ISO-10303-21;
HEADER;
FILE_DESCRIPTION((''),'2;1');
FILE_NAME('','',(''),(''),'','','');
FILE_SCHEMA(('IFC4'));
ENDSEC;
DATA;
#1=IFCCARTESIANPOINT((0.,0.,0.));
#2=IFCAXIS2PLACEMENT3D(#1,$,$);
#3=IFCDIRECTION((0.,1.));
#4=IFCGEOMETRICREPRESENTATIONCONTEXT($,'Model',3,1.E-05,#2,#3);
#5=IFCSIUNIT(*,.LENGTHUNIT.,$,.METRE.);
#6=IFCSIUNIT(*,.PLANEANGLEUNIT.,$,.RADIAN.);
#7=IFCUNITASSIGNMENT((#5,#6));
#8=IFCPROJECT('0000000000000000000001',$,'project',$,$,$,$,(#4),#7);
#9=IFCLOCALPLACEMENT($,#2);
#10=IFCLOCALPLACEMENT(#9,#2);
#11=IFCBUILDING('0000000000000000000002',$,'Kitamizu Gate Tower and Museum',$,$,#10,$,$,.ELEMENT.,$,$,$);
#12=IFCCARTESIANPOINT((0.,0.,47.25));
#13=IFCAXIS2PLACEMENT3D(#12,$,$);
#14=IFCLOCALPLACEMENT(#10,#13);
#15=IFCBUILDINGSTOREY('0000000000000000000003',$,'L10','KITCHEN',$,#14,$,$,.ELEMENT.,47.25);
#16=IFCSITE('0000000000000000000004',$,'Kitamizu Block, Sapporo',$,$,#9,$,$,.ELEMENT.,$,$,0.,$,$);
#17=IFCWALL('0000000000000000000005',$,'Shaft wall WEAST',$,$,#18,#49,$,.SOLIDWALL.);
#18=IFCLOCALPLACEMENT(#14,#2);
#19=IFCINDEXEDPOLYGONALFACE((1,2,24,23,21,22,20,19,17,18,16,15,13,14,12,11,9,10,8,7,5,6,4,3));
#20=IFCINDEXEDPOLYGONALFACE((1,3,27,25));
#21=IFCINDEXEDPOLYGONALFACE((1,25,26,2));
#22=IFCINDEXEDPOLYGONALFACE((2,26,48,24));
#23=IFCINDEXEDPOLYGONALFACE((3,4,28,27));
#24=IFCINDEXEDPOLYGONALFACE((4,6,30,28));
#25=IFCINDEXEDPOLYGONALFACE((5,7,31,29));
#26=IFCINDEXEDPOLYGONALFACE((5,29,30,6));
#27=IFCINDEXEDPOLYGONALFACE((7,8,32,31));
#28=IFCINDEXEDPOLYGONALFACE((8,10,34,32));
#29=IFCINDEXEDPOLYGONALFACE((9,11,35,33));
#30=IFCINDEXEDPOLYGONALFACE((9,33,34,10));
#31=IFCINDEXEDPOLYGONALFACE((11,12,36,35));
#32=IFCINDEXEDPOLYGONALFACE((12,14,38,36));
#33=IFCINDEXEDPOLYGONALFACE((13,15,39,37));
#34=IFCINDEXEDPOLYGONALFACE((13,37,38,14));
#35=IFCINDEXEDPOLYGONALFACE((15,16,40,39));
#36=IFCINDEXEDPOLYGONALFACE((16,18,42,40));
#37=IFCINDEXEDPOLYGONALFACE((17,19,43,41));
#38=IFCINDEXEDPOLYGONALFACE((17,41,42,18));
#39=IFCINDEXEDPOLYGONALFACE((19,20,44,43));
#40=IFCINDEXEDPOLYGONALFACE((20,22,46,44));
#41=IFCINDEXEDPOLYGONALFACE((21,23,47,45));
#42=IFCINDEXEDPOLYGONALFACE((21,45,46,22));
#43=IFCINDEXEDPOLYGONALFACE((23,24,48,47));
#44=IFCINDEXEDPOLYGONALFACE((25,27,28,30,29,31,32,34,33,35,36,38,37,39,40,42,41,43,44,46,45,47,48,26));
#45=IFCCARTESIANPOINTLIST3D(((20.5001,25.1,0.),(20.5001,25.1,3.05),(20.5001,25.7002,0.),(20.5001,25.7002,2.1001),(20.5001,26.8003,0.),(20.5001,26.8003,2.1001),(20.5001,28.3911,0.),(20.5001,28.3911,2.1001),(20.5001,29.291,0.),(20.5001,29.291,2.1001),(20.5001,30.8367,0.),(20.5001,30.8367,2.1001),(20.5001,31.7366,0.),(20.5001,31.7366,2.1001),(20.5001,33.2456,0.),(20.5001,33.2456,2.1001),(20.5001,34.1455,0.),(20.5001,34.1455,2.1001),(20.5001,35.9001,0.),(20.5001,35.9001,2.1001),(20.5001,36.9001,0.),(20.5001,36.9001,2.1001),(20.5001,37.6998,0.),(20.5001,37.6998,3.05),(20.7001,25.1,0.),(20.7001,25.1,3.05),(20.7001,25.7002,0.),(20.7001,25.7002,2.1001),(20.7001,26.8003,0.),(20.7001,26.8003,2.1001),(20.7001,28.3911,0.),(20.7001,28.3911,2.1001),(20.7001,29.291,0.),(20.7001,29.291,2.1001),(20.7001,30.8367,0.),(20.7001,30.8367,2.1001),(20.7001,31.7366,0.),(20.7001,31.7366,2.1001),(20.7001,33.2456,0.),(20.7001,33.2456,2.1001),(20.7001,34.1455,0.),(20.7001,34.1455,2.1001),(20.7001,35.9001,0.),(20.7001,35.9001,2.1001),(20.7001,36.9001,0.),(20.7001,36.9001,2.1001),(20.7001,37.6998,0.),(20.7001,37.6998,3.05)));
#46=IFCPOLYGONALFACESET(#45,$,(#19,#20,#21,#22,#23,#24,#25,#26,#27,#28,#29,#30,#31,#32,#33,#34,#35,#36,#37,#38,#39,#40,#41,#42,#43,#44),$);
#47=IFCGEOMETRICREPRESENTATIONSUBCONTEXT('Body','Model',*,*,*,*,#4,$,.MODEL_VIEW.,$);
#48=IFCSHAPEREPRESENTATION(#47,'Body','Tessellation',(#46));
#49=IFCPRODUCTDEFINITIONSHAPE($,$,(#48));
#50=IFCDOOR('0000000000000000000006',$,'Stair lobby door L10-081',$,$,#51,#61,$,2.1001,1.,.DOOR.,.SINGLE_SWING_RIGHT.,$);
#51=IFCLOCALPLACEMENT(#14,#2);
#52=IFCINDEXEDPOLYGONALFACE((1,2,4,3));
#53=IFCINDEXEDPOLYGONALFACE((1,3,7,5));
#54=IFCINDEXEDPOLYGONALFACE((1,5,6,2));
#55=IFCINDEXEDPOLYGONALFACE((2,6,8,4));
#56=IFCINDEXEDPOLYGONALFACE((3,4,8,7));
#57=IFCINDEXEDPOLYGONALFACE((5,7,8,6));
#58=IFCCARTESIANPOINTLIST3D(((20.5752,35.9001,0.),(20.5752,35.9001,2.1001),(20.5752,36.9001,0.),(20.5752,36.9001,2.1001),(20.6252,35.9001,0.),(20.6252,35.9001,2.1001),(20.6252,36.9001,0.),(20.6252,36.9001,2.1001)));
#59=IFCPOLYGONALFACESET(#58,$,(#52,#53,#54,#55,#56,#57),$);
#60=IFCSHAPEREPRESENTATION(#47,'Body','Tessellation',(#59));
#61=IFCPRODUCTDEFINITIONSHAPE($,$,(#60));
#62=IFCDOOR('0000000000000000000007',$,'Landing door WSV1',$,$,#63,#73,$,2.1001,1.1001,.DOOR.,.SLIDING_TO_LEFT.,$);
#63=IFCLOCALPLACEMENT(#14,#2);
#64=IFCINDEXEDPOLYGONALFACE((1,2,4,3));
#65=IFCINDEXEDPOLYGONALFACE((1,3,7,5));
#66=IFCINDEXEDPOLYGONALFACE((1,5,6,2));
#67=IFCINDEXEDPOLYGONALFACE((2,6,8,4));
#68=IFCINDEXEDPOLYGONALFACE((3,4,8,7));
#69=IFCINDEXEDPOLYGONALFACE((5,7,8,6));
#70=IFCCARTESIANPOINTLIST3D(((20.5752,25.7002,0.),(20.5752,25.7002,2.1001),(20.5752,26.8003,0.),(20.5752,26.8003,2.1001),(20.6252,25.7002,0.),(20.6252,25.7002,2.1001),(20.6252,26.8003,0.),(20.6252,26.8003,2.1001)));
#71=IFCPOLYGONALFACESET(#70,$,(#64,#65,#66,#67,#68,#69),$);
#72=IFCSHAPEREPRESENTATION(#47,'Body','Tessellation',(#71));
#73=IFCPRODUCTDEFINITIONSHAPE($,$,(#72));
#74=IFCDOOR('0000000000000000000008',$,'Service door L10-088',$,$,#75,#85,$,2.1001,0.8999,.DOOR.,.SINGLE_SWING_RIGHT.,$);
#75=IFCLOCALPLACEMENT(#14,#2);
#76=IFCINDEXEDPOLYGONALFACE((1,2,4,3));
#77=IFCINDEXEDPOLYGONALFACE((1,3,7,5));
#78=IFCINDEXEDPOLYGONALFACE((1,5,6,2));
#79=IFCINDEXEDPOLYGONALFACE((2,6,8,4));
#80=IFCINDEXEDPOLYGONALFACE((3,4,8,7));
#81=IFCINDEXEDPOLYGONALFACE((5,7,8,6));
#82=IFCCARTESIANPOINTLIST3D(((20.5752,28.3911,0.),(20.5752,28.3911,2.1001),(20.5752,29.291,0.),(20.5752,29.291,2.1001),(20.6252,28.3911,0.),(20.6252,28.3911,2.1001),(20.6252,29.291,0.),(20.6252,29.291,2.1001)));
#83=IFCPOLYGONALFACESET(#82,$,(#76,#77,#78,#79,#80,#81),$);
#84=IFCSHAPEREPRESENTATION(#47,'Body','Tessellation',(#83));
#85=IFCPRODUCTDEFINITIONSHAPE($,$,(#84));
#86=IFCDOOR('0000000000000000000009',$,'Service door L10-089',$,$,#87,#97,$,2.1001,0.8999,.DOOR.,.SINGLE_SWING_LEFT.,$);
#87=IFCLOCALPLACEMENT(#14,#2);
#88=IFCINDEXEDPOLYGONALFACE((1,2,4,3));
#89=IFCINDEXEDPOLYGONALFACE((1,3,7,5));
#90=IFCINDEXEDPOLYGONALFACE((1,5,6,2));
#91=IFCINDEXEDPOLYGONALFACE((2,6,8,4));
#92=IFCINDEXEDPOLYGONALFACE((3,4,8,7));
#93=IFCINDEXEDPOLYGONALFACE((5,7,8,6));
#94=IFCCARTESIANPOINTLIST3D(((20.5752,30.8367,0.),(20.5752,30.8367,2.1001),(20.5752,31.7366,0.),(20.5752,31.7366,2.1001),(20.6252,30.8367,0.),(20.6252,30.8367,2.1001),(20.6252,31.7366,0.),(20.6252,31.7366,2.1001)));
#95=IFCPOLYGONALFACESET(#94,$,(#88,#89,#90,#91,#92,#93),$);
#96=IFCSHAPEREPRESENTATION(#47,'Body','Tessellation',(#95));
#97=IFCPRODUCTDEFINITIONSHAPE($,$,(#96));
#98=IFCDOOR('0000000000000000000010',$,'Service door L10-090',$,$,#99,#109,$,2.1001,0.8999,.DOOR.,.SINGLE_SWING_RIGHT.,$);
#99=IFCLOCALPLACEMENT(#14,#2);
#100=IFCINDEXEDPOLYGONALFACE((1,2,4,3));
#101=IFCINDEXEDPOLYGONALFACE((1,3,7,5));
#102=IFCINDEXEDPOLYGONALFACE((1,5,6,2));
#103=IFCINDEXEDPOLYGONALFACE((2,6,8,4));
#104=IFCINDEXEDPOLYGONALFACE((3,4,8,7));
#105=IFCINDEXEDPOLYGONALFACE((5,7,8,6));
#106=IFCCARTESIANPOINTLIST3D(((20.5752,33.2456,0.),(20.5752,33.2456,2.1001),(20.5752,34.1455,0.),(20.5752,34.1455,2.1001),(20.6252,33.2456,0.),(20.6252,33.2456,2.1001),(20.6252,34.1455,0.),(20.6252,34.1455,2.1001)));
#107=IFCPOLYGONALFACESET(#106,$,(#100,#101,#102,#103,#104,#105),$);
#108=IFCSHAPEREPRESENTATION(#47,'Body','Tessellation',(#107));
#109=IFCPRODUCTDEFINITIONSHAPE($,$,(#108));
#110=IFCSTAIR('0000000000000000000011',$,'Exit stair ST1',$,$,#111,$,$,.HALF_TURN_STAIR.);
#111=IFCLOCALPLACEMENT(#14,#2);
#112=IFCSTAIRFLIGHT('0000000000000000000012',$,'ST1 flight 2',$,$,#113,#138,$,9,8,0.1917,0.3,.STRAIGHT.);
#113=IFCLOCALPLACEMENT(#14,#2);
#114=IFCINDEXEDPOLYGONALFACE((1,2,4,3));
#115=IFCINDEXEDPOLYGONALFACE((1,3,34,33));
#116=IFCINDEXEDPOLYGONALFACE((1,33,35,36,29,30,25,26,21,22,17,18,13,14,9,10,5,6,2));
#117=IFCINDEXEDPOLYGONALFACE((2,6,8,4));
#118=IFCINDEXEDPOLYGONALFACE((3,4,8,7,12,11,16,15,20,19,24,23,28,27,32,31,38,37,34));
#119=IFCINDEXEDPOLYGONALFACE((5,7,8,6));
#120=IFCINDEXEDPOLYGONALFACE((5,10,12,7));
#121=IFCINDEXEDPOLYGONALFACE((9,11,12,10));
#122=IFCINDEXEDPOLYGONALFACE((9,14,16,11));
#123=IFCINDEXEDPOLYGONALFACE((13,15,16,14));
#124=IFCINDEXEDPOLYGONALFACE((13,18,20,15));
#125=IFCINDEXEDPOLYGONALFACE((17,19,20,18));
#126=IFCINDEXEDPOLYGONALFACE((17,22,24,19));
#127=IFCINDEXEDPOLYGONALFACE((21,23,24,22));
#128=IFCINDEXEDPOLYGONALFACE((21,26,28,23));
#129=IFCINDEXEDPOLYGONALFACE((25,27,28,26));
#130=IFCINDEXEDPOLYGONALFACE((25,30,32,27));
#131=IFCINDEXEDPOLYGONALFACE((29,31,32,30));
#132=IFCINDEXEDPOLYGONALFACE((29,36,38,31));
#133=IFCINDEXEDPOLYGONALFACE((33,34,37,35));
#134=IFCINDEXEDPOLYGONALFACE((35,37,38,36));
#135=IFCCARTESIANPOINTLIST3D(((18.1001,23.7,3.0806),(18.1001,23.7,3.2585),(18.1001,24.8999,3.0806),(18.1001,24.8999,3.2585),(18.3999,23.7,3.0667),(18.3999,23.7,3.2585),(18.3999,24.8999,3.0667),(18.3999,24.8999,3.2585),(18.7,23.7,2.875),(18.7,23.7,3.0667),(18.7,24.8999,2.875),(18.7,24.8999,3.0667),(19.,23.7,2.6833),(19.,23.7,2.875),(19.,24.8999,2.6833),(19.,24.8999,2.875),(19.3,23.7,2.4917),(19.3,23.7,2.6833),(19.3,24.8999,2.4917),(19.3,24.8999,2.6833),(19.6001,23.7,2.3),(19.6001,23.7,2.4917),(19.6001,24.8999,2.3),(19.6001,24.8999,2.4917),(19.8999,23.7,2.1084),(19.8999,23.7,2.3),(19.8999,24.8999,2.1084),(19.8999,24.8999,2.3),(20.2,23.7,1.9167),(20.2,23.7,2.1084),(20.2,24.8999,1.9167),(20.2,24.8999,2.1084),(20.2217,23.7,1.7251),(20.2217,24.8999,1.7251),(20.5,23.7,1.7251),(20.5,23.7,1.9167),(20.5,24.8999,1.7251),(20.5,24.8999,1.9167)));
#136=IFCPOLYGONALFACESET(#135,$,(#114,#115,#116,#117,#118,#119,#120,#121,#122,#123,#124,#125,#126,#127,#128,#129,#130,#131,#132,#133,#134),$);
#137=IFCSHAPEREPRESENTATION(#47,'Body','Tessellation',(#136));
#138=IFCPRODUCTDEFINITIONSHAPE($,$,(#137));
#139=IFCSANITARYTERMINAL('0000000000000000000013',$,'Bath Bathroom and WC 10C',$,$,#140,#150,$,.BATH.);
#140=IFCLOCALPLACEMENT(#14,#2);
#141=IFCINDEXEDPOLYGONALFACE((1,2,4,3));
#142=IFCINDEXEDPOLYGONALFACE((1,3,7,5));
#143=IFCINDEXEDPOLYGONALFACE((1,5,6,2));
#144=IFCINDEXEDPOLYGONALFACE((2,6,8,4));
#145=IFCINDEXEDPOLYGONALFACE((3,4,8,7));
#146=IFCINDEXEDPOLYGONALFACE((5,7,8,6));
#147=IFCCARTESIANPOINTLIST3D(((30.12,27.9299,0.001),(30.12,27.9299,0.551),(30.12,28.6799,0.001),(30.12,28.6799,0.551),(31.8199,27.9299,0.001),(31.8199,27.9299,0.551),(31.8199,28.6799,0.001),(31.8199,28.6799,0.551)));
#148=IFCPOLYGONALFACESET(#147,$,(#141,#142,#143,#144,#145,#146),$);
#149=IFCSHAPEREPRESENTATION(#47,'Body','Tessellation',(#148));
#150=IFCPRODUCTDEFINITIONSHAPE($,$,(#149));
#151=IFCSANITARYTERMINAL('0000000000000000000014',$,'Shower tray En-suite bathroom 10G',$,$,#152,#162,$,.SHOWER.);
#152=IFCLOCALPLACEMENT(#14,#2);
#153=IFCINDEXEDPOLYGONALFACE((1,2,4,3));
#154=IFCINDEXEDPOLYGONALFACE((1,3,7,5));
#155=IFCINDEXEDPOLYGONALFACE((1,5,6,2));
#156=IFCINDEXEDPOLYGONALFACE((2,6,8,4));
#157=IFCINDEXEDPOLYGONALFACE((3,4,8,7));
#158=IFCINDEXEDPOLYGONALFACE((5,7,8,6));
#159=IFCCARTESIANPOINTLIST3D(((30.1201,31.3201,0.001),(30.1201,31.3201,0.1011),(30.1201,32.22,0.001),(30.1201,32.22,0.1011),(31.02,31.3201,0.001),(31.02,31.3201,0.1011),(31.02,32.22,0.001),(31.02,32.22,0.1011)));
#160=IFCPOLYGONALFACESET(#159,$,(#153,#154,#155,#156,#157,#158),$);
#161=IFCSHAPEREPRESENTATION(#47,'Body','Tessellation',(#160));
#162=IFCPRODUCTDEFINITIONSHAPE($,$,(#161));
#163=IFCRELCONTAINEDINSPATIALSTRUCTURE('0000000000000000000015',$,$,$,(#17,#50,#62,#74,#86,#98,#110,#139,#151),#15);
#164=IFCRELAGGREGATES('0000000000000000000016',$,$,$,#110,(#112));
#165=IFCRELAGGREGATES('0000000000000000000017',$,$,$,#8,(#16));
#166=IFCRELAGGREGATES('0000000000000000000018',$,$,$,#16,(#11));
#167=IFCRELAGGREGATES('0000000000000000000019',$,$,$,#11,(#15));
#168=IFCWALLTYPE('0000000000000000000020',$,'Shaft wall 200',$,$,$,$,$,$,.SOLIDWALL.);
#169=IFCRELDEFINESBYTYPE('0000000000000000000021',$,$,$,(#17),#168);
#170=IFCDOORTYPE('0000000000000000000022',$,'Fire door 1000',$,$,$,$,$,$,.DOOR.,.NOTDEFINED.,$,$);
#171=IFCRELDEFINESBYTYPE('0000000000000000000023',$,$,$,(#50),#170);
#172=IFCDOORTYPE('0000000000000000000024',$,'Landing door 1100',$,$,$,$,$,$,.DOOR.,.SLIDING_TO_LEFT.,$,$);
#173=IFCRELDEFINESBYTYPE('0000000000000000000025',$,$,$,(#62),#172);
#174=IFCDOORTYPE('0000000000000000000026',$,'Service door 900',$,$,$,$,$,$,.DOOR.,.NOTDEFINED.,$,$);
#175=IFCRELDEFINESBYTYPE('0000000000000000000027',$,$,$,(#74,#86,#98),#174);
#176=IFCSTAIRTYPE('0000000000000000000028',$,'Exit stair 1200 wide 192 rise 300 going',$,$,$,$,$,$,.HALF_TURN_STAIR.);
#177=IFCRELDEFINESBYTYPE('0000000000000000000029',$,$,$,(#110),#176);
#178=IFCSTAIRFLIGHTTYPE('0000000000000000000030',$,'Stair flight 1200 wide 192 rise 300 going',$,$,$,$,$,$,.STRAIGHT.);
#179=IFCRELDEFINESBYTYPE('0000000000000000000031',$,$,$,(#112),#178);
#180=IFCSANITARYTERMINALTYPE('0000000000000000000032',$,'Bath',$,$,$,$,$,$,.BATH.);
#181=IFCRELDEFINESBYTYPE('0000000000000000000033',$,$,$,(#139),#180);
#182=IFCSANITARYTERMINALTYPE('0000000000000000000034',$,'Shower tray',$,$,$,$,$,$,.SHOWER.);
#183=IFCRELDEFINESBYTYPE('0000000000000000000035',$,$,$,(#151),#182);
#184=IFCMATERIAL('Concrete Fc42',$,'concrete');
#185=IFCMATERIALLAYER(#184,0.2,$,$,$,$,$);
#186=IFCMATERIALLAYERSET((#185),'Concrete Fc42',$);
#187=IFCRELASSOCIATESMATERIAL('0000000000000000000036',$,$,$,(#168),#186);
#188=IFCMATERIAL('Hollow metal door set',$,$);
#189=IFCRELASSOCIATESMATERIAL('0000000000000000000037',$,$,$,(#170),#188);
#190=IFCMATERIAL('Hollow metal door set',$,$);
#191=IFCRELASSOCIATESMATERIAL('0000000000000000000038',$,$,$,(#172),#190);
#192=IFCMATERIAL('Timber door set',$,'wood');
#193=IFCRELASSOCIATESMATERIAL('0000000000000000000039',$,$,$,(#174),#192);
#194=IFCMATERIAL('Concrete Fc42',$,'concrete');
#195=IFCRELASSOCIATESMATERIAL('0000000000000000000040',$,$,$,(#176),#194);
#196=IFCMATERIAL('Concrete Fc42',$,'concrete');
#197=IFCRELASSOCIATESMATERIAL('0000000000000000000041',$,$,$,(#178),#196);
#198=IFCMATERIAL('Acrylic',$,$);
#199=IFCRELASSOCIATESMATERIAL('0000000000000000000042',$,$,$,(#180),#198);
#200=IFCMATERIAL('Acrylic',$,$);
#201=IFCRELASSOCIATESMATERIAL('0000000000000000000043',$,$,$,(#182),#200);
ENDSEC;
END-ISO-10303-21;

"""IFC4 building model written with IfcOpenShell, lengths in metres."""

from ifc_helpers import new_model, si_unit, direction, frame, frame_2d, origin, origin_2d, place, context, subcontext, project, spatial, polyline, rectangle, outline, extrude, material, layer, layer_set, type_object, element, fill, aggregate, save


model = new_model("IFC4")

# Units and contexts
model_context = context("Model", 3, precision=1e-05, world=origin(), true_north=direction((0.0, 1.0)))
body_context = subcontext(model_context, "Body", "Model", "MODEL_VIEW")
ifc_project = project(units=[si_unit("LENGTHUNIT", "METRE"), si_unit("PLANEANGLEUNIT", "RADIAN")], contexts=[model_context])

# Site, building, storey
site_placement = place(None, origin())
site = spatial("IfcSite", under=ifc_project, at=site_placement, Name="Kitamizu Block, Sapporo", CompositionType="ELEMENT", RefElevation=0.0)
building_placement = place(site_placement, origin())
building = spatial("IfcBuilding", under=site, at=building_placement, Name="Kitamizu Gate Tower and Museum", CompositionType="ELEMENT")
storey_placement = place(building_placement, frame((0.0, 0.0, 47.25)))
storey = spatial("IfcBuildingStorey", under=building, at=storey_placement, Name="L10", Description="KITCHEN", CompositionType="ELEMENT", Elevation=47.25)

# Wall, openings, doors
ifc_material_1 = material(Name="Concrete Fc42", Category="concrete")
ifc_layer_1 = layer(ifc_material_1, 0.2)
ifc_layer_set_1 = layer_set([ifc_layer_1], Name="Concrete Fc42")
wall_type_1 = type_object("IfcWallType", Name="Shaft wall 200", PredefinedType="SOLIDWALL", material=ifc_layer_set_1)
wall_1_placement = place(storey_placement, frame((20.6001, 25.1001, 0.0), z_axis=(0.0, 0.0, 1.0), x_axis=(0.0, 1.0, 0.0)))
wall_1 = element("IfcWall", 1, at=wall_1_placement, inside=storey, type_object=wall_type_1, Name="Shaft wall WEAST", PredefinedType="SOLIDWALL", context=body_context, shape_type="SweptSolid", body=[
    extrude(rectangle(XDim=12.5999, YDim=0.2, at=frame_2d((6.2998, 0.0))), origin(), (0.0, 0.0, 1.0), 3.05),
])
opening_1_placement = place(wall_1_placement, frame((0.6001, 0.0, 0.0)))
opening_1 = element("IfcOpeningElement", 2, at=opening_1_placement, cuts=wall_1, PredefinedType="OPENING", context=body_context, shape_type="SweptSolid", body=[
    extrude(rectangle(XDim=1.1001, YDim=2.1001, at=frame_2d((0.55, 1.05))), frame((0.0, 0.1099, 0.0), z_axis=(0.0, -1.0, 0.0), x_axis=(1.0, 0.0, 0.0)), (0.0, 0.0, 1.0), 0.22),
])
opening_2_placement = place(wall_1_placement, frame((10.8, 0.0, 0.0)))
opening_2 = element("IfcOpeningElement", 3, at=opening_2_placement, cuts=wall_1, PredefinedType="OPENING", context=body_context, shape_type="SweptSolid", body=[
    extrude(rectangle(XDim=1.0, YDim=2.1001, at=frame_2d((0.5, 1.05))), frame((0.0, 0.1099, 0.0), z_axis=(0.0, -1.0, 0.0), x_axis=(1.0, 0.0, 0.0)), (0.0, 0.0, 1.0), 0.22),
])
opening_3_placement = place(wall_1_placement, frame((3.291, 0.0, 0.0)))
opening_3 = element("IfcOpeningElement", 4, at=opening_3_placement, cuts=wall_1, PredefinedType="OPENING", context=body_context, shape_type="SweptSolid", body=[
    extrude(rectangle(XDim=0.8999, YDim=2.1001, at=frame_2d((0.45, 1.05))), frame((0.0, 0.1099, 0.0), z_axis=(0.0, -1.0, 0.0), x_axis=(1.0, 0.0, 0.0)), (0.0, 0.0, 1.0), 0.22),
])
opening_4_placement = place(wall_1_placement, frame((5.7366, 0.0, 0.0)))
opening_4 = element("IfcOpeningElement", 5, at=opening_4_placement, cuts=wall_1, PredefinedType="OPENING", context=body_context, shape_type="SweptSolid", body=[
    extrude(rectangle(XDim=0.8999, YDim=2.1001, at=frame_2d((0.45, 1.05))), frame((0.0, 0.1099, 0.0), z_axis=(0.0, -1.0, 0.0), x_axis=(1.0, 0.0, 0.0)), (0.0, 0.0, 1.0), 0.22),
])
opening_5_placement = place(wall_1_placement, frame((8.1455, 0.0, 0.0)))
opening_5 = element("IfcOpeningElement", 6, at=opening_5_placement, cuts=wall_1, PredefinedType="OPENING", context=body_context, shape_type="SweptSolid", body=[
    extrude(rectangle(XDim=0.8999, YDim=2.1001, at=frame_2d((0.45, 1.05))), frame((0.0, 0.1099, 0.0), z_axis=(0.0, -1.0, 0.0), x_axis=(1.0, 0.0, 0.0)), (0.0, 0.0, 1.0), 0.22),
])
ifc_material_2 = material(Name="Hollow metal door set")
door_type_1 = type_object("IfcDoorType", Name="Fire door 1000", OperationType="NOTDEFINED", PredefinedType="DOOR", material=ifc_material_2)
door_1_placement = place(opening_2_placement, origin())
door_1 = element("IfcDoor", 7, at=door_1_placement, inside=storey, type_object=door_type_1, Name="Stair lobby door L10-081", OperationType="SINGLE_SWING_RIGHT", OverallHeight=2.1001, OverallWidth=1.0, PredefinedType="DOOR", context=body_context, shape_type="SweptSolid", body=[
    extrude(rectangle(XDim=1.0, YDim=2.1001, at=frame_2d((0.5, 1.05))), frame((0.0, 0.0249, 0.0), z_axis=(0.0, -1.0, 0.0), x_axis=(1.0, 0.0, 0.0)), (0.0, 0.0, 1.0), 0.05),
])
fill(opening_2, door_1)
ifc_material_3 = material(Name="Hollow metal door set")
door_type_2 = type_object("IfcDoorType", Name="Landing door 1100", OperationType="SLIDING_TO_LEFT", PredefinedType="DOOR", material=ifc_material_3)
door_2_placement = place(opening_1_placement, origin())
door_2 = element("IfcDoor", 8, at=door_2_placement, inside=storey, type_object=door_type_2, Name="Landing door WSV1", OperationType="SLIDING_TO_LEFT", OverallHeight=2.1001, OverallWidth=1.1001, PredefinedType="DOOR", context=body_context, shape_type="SweptSolid", body=[
    extrude(rectangle(XDim=1.1001, YDim=2.1001, at=frame_2d((0.55, 1.05))), frame((0.0, 0.0249, 0.0), z_axis=(0.0, -1.0, 0.0), x_axis=(1.0, 0.0, 0.0)), (0.0, 0.0, 1.0), 0.05),
])
fill(opening_1, door_2)
ifc_material_4 = material(Name="Timber door set", Category="wood")
door_type_3 = type_object("IfcDoorType", Name="Service door 900", OperationType="NOTDEFINED", PredefinedType="DOOR", material=ifc_material_4)
door_3_placement = place(opening_3_placement, origin())
door_3 = element("IfcDoor", 9, at=door_3_placement, inside=storey, type_object=door_type_3, Name="Service door L10-088", OperationType="SINGLE_SWING_RIGHT", OverallHeight=2.1001, OverallWidth=0.8999, PredefinedType="DOOR", context=body_context, shape_type="SweptSolid", body=[
    extrude(rectangle(XDim=0.8999, YDim=2.1001, at=frame_2d((0.45, 1.05))), frame((0.0, 0.0249, 0.0), z_axis=(0.0, -1.0, 0.0), x_axis=(1.0, 0.0, 0.0)), (0.0, 0.0, 1.0), 0.05),
])
fill(opening_3, door_3)
door_4_placement = place(opening_4_placement, origin())
door_4 = element("IfcDoor", 10, at=door_4_placement, inside=storey, type_object=door_type_3, Name="Service door L10-089", OperationType="SINGLE_SWING_LEFT", OverallHeight=2.1001, OverallWidth=0.8999, PredefinedType="DOOR", context=body_context, shape_type="SweptSolid", body=[
    extrude(rectangle(XDim=0.8999, YDim=2.1001, at=frame_2d((0.45, 1.05))), frame((0.0, 0.0249, 0.0), z_axis=(0.0, -1.0, 0.0), x_axis=(1.0, 0.0, 0.0)), (0.0, 0.0, 1.0), 0.05),
])
fill(opening_4, door_4)
door_5_placement = place(opening_5_placement, origin())
door_5 = element("IfcDoor", 11, at=door_5_placement, inside=storey, type_object=door_type_3, Name="Service door L10-090", OperationType="SINGLE_SWING_RIGHT", OverallHeight=2.1001, OverallWidth=0.8999, PredefinedType="DOOR", context=body_context, shape_type="SweptSolid", body=[
    extrude(rectangle(XDim=0.8999, YDim=2.1001, at=frame_2d((0.45, 1.05))), frame((0.0, 0.0249, 0.0), z_axis=(0.0, -1.0, 0.0), x_axis=(1.0, 0.0, 0.0)), (0.0, 0.0, 1.0), 0.05),
])
fill(opening_5, door_5)

# Stair, stair flight
ifc_material_5 = material(Name="Concrete Fc42", Category="concrete")
stair_type = type_object("IfcStairType", Name="Exit stair 1200 wide 192 rise 300 going", PredefinedType="HALF_TURN_STAIR", material=ifc_material_5)
stair_placement = place(storey_placement, origin())
stair = element("IfcStair", 12, at=stair_placement, inside=storey, type_object=stair_type, Name="Exit stair ST1", PredefinedType="HALF_TURN_STAIR")
ifc_material_6 = material(Name="Concrete Fc42", Category="concrete")
stair_flight_type = type_object("IfcStairFlightType", Name="Stair flight 1200 wide 192 rise 300 going", PredefinedType="STRAIGHT", material=ifc_material_6)
stair_flight_placement = place(storey_placement, frame((20.5, 24.3, 1.7251), z_axis=(0.0, 0.0, 1.0), x_axis=(-1.0, 0.0, 0.0)))
stair_flight = element("IfcStairFlight", 13, at=stair_flight_placement, type_object=stair_flight_type, Name="ST1 flight 2", NumberOfRisers=9, NumberOfTreads=8, PredefinedType="STRAIGHT", RiserHeight=0.1917, TreadLength=0.3, context=body_context, shape_type="SweptSolid", body=[
    extrude(outline(polyline([(0.0, 0.0), (0.0, 0.1917), (0.3, 0.1917), (0.3, 0.3833), (0.6001, 0.3833), (0.6001, 0.575), (0.8999, 0.575), (0.8999, 0.7666), (1.2, 0.7666), (1.2, 0.9583), (1.5, 0.9583), (1.5, 1.1499), (1.8, 1.1499), (1.8, 1.3416), (2.1001, 1.3416), (2.1001, 1.5334), (2.3999, 1.5334), (2.3999, 1.7251), (2.3999, 1.3555), (0.2783, 0.0), (0.0, 0.0)])), frame((0.0, 0.6001, 0.0), z_axis=(0.0, -1.0, 0.0), x_axis=(1.0, 0.0, 0.0)), (0.0, 0.0, 1.0), 1.2),
])
aggregate(stair, [stair_flight])

# Sanitary terminals
ifc_material_7 = material(Name="Acrylic")
sanitary_terminal_type_1 = type_object("IfcSanitaryTerminalType", Name="Bath", PredefinedType="BATH", material=ifc_material_7)
sanitary_terminal_1_placement = place(storey_placement, frame((30.97, 28.3049, 0.001), z_axis=(0.0, 0.0, 1.0), x_axis=(1.0, 0.0, 0.0)))
element("IfcSanitaryTerminal", 14, at=sanitary_terminal_1_placement, inside=storey, type_object=sanitary_terminal_type_1, Name="Bath Bathroom and WC 10C", PredefinedType="BATH", context=body_context, shape_type="SweptSolid", body=[
    extrude(rectangle(XDim=1.7, YDim=0.75, at=origin_2d()), origin(), (0.0, 0.0, 1.0), 0.55),
])
ifc_material_8 = material(Name="Acrylic")
sanitary_terminal_type_2 = type_object("IfcSanitaryTerminalType", Name="Shower tray", PredefinedType="SHOWER", material=ifc_material_8)
sanitary_terminal_2_placement = place(storey_placement, frame((30.5701, 31.77, 0.001), z_axis=(0.0, 0.0, 1.0), x_axis=(1.0, 0.0, 0.0)))
element("IfcSanitaryTerminal", 15, at=sanitary_terminal_2_placement, inside=storey, type_object=sanitary_terminal_type_2, Name="Shower tray En-suite bathroom 10G", PredefinedType="SHOWER", context=body_context, shape_type="SweptSolid", body=[
    extrude(rectangle(XDim=0.8999, YDim=0.8999, at=origin_2d()), origin(), (0.0, 0.0, 1.0), 0.1001),
])

save(model, "model.ifc")
